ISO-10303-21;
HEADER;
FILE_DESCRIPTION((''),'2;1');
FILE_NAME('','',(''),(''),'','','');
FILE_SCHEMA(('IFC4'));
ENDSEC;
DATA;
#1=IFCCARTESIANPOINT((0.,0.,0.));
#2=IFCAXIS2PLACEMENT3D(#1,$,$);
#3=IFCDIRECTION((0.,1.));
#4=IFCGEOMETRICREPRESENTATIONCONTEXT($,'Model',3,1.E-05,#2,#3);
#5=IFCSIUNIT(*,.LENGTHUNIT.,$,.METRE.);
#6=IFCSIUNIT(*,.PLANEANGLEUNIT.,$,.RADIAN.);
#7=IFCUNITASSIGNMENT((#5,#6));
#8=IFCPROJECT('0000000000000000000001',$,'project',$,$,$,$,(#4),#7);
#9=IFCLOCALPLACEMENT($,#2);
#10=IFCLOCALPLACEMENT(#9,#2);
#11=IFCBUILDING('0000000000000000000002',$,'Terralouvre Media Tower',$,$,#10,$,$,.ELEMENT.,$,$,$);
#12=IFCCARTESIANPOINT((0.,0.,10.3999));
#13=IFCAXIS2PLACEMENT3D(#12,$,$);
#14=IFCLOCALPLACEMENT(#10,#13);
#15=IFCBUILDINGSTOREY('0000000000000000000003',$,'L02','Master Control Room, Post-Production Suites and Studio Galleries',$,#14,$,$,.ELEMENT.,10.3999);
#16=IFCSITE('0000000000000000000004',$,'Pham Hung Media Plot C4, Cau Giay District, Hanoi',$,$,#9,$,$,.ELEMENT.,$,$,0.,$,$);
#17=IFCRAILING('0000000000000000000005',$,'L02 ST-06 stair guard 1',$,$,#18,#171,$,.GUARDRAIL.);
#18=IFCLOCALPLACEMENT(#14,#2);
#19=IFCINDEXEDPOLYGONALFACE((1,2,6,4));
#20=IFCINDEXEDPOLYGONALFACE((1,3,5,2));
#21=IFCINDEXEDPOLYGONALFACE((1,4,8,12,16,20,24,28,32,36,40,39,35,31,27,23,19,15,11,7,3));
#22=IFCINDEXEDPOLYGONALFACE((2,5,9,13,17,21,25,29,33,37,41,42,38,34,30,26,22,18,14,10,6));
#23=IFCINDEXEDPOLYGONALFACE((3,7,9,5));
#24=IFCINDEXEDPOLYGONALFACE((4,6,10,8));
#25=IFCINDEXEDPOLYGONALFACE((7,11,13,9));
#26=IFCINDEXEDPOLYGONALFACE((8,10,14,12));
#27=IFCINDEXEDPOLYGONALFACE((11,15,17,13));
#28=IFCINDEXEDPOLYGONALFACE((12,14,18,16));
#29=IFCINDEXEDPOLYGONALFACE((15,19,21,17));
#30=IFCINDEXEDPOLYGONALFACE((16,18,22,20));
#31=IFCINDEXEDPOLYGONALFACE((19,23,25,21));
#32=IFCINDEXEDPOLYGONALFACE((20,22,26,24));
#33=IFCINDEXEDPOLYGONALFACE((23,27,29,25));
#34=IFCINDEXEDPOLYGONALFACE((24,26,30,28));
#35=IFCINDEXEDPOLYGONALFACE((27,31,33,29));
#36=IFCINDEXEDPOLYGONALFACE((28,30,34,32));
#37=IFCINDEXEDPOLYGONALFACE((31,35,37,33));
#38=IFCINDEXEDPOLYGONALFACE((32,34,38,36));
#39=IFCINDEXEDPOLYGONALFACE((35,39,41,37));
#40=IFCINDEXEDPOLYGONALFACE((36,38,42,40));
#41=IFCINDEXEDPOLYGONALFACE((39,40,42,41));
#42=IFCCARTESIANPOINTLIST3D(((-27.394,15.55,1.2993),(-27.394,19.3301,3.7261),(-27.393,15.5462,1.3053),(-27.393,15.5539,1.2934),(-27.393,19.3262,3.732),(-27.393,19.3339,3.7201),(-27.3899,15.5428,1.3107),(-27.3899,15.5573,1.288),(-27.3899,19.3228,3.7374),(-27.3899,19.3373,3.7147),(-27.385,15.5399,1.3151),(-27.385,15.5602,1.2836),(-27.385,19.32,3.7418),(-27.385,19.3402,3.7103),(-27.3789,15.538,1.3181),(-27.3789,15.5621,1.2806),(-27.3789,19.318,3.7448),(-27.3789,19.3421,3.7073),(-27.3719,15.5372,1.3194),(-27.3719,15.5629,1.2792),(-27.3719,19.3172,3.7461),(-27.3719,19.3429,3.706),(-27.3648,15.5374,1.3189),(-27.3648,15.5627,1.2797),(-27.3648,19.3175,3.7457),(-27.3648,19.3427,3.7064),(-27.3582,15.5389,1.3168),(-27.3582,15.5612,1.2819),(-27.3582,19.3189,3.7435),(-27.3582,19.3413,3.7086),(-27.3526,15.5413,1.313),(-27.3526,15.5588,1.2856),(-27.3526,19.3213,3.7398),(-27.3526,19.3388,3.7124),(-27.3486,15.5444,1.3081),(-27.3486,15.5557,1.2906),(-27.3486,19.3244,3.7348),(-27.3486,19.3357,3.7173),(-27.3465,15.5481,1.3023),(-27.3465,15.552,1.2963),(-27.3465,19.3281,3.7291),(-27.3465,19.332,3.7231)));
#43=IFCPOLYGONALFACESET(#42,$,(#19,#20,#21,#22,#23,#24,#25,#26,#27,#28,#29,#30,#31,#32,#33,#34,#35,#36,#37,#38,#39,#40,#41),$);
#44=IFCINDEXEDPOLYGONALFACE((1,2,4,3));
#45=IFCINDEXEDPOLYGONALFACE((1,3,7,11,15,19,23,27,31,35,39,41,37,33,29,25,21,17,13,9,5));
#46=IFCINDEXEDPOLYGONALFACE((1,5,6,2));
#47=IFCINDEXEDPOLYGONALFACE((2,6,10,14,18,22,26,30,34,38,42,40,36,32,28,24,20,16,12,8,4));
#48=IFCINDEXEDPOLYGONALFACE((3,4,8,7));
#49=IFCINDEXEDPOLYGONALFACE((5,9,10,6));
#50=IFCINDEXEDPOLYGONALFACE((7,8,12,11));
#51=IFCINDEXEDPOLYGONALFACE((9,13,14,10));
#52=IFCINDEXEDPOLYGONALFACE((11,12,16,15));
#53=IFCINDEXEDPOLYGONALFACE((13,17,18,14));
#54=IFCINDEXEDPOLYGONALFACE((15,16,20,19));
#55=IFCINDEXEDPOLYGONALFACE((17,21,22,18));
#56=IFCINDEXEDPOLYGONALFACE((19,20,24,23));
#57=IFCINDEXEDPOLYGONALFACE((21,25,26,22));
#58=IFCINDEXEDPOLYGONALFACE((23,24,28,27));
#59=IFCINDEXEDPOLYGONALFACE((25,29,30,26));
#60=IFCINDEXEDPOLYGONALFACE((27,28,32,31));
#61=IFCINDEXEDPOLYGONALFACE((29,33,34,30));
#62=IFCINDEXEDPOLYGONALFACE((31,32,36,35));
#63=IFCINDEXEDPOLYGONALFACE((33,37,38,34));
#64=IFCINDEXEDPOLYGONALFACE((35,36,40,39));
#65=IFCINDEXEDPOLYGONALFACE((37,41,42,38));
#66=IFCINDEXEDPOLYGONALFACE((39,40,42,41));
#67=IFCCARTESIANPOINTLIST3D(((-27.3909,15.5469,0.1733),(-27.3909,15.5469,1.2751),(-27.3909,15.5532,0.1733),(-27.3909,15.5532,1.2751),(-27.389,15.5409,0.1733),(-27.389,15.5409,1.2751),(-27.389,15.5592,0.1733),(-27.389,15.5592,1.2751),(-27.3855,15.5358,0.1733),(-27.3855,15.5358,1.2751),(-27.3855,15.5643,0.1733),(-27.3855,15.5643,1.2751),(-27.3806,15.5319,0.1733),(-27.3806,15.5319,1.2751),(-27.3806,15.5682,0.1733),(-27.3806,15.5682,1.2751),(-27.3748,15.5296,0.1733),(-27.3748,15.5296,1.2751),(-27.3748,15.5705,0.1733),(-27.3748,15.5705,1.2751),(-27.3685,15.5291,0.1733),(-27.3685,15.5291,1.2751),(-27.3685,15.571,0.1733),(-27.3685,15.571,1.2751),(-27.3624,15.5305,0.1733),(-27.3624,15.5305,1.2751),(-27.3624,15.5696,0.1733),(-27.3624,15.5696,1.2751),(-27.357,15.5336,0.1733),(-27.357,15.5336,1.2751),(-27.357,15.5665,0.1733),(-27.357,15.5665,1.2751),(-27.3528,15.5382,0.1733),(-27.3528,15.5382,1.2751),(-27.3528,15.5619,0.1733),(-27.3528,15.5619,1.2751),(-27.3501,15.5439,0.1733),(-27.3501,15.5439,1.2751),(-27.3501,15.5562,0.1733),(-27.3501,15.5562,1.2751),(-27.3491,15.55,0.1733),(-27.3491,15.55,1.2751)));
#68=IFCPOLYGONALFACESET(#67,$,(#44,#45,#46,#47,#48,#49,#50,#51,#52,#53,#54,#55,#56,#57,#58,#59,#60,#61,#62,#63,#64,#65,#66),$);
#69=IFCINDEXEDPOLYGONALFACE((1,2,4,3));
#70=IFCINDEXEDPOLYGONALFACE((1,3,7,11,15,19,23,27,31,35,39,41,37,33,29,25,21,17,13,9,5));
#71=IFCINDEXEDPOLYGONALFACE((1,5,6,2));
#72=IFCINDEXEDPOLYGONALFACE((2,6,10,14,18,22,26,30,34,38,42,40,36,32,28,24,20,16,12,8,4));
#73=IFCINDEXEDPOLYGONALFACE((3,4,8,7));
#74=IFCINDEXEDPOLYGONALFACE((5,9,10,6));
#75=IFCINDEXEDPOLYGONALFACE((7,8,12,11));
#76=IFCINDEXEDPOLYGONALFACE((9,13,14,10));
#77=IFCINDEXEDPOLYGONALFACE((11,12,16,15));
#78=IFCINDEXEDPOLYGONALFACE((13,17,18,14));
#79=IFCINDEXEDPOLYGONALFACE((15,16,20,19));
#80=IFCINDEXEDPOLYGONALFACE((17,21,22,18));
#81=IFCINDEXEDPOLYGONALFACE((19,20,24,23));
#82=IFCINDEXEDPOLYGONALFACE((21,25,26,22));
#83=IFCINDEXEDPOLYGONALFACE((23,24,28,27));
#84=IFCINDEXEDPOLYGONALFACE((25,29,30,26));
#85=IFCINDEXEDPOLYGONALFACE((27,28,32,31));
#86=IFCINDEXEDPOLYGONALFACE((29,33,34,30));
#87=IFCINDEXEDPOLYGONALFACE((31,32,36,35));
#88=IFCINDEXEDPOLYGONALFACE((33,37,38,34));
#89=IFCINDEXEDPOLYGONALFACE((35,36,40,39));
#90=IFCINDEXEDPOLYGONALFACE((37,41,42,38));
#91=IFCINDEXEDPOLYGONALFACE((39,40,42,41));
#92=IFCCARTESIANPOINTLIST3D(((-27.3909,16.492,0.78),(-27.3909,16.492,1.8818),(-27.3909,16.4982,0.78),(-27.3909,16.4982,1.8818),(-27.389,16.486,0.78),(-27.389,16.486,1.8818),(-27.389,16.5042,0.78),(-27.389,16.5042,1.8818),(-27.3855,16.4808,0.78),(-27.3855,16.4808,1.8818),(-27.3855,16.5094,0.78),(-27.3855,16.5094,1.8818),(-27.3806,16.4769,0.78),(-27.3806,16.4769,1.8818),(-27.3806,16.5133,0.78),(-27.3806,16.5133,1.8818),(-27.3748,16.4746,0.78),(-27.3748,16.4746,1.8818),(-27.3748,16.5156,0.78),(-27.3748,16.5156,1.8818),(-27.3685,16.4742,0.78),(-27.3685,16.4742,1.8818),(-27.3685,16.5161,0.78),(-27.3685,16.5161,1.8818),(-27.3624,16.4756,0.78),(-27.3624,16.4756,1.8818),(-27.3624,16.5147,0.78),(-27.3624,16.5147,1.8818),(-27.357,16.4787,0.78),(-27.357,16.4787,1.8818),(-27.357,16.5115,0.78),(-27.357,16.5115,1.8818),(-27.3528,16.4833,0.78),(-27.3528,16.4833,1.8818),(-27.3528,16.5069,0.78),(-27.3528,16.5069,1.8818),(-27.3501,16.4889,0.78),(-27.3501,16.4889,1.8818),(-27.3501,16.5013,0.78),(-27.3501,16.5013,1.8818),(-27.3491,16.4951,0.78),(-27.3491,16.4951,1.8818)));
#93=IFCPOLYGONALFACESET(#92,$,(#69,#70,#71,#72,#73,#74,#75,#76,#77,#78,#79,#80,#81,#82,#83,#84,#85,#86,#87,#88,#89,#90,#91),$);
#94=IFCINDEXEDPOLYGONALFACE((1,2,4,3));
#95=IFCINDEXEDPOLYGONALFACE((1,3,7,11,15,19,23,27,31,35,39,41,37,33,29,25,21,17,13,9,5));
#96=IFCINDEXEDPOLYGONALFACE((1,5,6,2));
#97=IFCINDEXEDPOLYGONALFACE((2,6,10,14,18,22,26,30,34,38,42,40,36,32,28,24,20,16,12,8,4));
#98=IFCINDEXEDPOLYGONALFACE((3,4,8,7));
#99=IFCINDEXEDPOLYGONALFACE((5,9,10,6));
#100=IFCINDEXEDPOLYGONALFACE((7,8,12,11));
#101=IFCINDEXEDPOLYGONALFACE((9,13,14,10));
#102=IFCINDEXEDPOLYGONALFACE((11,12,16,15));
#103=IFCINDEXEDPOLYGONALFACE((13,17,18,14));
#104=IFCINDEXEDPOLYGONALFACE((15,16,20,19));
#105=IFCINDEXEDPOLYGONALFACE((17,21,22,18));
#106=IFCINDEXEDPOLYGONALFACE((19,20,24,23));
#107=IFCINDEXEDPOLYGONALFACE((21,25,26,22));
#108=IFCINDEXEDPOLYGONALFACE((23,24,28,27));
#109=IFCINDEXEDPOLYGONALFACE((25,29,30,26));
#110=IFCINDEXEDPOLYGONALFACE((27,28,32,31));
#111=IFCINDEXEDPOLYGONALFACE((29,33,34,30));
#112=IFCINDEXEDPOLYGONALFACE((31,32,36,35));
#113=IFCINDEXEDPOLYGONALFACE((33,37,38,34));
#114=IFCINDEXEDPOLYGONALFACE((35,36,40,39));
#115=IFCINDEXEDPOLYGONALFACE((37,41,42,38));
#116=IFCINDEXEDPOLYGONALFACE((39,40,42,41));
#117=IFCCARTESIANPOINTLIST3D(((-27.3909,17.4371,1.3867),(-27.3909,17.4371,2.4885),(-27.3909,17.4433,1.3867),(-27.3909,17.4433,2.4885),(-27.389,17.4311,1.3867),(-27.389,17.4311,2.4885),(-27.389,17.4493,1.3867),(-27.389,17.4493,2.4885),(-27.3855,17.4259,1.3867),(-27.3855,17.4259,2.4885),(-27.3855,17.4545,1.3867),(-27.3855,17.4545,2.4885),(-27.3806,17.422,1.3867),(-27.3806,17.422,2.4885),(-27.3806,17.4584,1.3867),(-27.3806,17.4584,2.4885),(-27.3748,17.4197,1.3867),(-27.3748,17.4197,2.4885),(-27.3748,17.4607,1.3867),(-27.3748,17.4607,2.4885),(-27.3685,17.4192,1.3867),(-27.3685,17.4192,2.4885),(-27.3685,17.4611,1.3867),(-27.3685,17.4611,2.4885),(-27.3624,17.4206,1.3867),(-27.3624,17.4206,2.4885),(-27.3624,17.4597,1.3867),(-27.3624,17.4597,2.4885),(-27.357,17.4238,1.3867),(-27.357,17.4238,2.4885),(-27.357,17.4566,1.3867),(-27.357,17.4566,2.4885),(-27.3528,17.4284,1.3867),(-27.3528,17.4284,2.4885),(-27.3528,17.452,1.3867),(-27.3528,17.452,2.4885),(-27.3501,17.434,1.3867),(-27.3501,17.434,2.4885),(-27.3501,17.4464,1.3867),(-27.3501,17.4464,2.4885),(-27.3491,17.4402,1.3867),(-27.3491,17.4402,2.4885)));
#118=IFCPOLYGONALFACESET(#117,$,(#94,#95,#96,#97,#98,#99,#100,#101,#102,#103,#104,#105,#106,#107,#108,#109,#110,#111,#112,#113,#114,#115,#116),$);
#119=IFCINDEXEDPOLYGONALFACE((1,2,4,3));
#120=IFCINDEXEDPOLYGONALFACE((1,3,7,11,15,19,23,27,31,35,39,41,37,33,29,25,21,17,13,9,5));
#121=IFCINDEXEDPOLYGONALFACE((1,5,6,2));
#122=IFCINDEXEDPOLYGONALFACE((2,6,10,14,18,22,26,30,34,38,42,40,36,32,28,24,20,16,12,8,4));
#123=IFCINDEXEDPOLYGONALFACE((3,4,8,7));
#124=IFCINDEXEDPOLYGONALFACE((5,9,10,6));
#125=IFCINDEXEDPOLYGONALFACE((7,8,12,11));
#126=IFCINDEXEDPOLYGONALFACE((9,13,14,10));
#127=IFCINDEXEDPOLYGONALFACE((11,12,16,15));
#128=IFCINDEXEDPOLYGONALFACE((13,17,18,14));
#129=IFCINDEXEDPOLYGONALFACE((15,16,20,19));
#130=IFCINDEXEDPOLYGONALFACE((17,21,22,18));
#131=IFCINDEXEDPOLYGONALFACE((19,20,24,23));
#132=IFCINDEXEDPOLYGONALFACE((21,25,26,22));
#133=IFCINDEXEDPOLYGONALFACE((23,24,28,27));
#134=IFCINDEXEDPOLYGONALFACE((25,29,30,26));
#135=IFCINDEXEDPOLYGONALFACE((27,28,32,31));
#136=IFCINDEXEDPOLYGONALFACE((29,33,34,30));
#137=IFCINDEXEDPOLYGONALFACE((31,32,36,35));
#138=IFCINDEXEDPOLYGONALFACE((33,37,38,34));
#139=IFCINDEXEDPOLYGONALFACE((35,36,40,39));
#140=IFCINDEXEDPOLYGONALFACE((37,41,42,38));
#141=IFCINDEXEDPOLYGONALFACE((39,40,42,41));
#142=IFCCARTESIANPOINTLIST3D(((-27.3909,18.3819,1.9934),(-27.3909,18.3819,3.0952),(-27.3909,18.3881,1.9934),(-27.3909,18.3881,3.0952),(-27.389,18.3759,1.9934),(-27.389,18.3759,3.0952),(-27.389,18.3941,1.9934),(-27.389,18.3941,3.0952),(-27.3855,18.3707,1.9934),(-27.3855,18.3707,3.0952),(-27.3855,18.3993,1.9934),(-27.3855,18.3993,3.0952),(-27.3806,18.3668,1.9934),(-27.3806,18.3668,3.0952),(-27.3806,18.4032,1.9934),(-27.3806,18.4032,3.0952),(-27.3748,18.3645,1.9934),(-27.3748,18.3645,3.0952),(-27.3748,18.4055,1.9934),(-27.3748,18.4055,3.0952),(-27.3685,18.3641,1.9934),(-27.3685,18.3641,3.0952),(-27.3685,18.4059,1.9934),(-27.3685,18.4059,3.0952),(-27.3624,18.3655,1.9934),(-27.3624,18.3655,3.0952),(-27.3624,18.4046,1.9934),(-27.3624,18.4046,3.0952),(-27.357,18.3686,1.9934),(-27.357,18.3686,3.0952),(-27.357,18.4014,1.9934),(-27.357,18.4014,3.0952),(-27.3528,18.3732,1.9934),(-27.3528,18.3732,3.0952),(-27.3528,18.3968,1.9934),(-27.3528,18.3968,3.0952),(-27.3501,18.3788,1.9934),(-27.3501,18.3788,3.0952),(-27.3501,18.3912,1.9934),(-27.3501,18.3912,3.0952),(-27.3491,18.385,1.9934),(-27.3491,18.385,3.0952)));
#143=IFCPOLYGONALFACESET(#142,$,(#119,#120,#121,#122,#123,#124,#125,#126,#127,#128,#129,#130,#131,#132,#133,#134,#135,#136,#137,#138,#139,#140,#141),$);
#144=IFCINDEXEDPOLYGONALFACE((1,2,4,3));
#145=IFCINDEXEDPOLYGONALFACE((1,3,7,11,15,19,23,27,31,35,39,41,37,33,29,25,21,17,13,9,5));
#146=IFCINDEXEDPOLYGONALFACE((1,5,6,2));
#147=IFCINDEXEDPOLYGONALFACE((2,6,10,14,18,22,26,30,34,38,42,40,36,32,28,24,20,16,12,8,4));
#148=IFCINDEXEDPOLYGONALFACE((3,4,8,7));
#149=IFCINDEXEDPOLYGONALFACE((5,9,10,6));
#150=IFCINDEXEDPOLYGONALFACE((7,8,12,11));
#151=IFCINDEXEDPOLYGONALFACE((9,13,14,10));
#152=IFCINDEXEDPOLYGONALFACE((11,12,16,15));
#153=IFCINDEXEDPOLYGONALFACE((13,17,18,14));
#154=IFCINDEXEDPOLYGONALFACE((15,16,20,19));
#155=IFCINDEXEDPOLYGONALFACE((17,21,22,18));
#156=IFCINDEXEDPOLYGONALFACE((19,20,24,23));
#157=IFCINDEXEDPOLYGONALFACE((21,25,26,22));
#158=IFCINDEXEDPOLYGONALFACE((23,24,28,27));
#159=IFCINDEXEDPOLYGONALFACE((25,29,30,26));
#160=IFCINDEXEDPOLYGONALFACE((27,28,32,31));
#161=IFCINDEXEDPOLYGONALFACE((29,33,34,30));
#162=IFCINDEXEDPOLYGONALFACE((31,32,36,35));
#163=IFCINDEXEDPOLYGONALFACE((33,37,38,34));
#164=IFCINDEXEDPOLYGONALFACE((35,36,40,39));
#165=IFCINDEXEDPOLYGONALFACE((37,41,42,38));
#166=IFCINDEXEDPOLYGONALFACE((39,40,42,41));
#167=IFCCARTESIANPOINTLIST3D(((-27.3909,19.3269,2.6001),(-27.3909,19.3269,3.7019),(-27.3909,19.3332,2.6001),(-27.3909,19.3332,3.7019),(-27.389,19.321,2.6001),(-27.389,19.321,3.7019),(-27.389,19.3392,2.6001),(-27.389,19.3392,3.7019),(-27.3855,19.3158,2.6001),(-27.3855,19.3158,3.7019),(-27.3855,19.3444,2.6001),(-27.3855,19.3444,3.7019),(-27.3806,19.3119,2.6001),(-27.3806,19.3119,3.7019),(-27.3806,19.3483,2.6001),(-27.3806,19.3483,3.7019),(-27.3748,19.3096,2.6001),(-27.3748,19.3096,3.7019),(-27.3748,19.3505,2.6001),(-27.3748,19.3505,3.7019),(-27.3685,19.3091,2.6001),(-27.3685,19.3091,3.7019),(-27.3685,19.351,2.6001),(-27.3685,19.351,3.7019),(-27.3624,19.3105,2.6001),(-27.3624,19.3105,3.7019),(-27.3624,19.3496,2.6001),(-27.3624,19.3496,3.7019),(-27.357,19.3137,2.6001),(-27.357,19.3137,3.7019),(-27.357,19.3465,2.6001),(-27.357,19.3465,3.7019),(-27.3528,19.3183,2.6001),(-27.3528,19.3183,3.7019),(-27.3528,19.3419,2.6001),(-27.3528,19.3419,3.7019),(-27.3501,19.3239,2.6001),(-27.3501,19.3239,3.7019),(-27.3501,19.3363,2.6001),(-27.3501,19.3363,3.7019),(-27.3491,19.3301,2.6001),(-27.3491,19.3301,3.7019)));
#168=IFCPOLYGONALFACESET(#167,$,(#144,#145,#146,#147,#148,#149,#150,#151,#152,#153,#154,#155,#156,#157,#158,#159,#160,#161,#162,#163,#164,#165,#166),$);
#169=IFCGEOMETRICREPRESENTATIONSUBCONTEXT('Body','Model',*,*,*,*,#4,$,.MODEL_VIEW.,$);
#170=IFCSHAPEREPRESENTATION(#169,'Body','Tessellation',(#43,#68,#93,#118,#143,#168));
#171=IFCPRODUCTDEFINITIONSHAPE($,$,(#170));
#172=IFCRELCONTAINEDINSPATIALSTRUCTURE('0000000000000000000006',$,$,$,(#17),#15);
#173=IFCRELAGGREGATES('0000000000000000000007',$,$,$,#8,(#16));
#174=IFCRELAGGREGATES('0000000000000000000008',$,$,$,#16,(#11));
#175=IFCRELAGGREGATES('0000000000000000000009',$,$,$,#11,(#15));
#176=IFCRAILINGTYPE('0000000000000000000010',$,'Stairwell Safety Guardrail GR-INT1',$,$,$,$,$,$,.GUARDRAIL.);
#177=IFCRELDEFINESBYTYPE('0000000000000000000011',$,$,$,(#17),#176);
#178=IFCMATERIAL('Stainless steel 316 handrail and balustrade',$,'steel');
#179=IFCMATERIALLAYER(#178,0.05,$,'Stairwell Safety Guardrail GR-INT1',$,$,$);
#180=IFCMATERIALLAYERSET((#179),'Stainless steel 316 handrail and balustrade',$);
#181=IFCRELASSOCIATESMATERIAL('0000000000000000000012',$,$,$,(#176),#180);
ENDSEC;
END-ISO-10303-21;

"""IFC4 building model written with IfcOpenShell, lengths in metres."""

from ifc_helpers import new_model, si_unit, direction, frame, origin, origin_2d, place, context, subcontext, project, spatial, circle, extrude, material, layer, layer_set, type_object, element, save


model = new_model("IFC4")

# Units and contexts
model_context = context("Model", 3, precision=1e-05, world=origin(), true_north=direction((0.0, 1.0)))
body_context = subcontext(model_context, "Body", "Model", "MODEL_VIEW")
ifc_project = project(units=[si_unit("LENGTHUNIT", "METRE"), si_unit("PLANEANGLEUNIT", "RADIAN")], contexts=[model_context])

# Site, building, storey
site_placement = place(None, origin())
site = spatial("IfcSite", under=ifc_project, at=site_placement, Name="Pham Hung Media Plot C4, Cau Giay District, Hanoi", CompositionType="ELEMENT", RefElevation=0.0)
building_placement = place(site_placement, origin())
building = spatial("IfcBuilding", under=site, at=building_placement, Name="Terralouvre Media Tower", CompositionType="ELEMENT")
storey_placement = place(building_placement, frame((0.0, 0.0, 10.3999)))
storey = spatial("IfcBuildingStorey", under=building, at=storey_placement, Name="L02", Description="Master Control Room, Post-Production Suites and Studio Galleries", CompositionType="ELEMENT", Elevation=10.3999)

# Railing
ifc_material_1 = material(Name="Stainless steel 316 handrail and balustrade", Category="steel")
ifc_layer_1 = layer(ifc_material_1, 0.05, Name="Stairwell Safety Guardrail GR-INT1")
ifc_layer_set_1 = layer_set([ifc_layer_1], Name="Stainless steel 316 handrail and balustrade")
railing_type_1 = type_object("IfcRailingType", Name="Stairwell Safety Guardrail GR-INT1", PredefinedType="GUARDRAIL", material=ifc_layer_set_1)
railing_1_placement = place(storey_placement, frame((-27.3701, 15.55, 0.1733)))
element("IfcRailing", 1, at=railing_1_placement, inside=storey, type_object=railing_type_1, Name="L02 ST-06 stair guard 1", PredefinedType="GUARDRAIL", context=body_context, shape_type="SweptSolid", body=[
    extrude(circle(Radius=0.0239, at=origin_2d()), frame((0.0, 0.0, 1.126), z_axis=(0.0, 0.841509, 0.540244), x_axis=(-1.0, 0.0, 0.0)), (0.0, 0.0, 1.0), 4.4919),
    extrude(circle(Radius=0.021, at=origin_2d()), origin(), (0.0, 0.0, 1.0), 1.1018),
    extrude(circle(Radius=0.021, at=origin_2d()), frame((0.0, 0.9451, 0.6067)), (0.0, 0.0, 1.0), 1.1018),
    extrude(circle(Radius=0.021, at=origin_2d()), frame((0.0, 1.8901, 1.2134)), (0.0, 0.0, 1.0), 1.1018),
    extrude(circle(Radius=0.021, at=origin_2d()), frame((0.0, 2.835, 1.8201)), (0.0, 0.0, 1.0), 1.1018),
    extrude(circle(Radius=0.021, at=origin_2d()), frame((0.0, 3.78, 2.4268)), (0.0, 0.0, 1.0), 1.1018),
])

save(model, "model.ifc")
